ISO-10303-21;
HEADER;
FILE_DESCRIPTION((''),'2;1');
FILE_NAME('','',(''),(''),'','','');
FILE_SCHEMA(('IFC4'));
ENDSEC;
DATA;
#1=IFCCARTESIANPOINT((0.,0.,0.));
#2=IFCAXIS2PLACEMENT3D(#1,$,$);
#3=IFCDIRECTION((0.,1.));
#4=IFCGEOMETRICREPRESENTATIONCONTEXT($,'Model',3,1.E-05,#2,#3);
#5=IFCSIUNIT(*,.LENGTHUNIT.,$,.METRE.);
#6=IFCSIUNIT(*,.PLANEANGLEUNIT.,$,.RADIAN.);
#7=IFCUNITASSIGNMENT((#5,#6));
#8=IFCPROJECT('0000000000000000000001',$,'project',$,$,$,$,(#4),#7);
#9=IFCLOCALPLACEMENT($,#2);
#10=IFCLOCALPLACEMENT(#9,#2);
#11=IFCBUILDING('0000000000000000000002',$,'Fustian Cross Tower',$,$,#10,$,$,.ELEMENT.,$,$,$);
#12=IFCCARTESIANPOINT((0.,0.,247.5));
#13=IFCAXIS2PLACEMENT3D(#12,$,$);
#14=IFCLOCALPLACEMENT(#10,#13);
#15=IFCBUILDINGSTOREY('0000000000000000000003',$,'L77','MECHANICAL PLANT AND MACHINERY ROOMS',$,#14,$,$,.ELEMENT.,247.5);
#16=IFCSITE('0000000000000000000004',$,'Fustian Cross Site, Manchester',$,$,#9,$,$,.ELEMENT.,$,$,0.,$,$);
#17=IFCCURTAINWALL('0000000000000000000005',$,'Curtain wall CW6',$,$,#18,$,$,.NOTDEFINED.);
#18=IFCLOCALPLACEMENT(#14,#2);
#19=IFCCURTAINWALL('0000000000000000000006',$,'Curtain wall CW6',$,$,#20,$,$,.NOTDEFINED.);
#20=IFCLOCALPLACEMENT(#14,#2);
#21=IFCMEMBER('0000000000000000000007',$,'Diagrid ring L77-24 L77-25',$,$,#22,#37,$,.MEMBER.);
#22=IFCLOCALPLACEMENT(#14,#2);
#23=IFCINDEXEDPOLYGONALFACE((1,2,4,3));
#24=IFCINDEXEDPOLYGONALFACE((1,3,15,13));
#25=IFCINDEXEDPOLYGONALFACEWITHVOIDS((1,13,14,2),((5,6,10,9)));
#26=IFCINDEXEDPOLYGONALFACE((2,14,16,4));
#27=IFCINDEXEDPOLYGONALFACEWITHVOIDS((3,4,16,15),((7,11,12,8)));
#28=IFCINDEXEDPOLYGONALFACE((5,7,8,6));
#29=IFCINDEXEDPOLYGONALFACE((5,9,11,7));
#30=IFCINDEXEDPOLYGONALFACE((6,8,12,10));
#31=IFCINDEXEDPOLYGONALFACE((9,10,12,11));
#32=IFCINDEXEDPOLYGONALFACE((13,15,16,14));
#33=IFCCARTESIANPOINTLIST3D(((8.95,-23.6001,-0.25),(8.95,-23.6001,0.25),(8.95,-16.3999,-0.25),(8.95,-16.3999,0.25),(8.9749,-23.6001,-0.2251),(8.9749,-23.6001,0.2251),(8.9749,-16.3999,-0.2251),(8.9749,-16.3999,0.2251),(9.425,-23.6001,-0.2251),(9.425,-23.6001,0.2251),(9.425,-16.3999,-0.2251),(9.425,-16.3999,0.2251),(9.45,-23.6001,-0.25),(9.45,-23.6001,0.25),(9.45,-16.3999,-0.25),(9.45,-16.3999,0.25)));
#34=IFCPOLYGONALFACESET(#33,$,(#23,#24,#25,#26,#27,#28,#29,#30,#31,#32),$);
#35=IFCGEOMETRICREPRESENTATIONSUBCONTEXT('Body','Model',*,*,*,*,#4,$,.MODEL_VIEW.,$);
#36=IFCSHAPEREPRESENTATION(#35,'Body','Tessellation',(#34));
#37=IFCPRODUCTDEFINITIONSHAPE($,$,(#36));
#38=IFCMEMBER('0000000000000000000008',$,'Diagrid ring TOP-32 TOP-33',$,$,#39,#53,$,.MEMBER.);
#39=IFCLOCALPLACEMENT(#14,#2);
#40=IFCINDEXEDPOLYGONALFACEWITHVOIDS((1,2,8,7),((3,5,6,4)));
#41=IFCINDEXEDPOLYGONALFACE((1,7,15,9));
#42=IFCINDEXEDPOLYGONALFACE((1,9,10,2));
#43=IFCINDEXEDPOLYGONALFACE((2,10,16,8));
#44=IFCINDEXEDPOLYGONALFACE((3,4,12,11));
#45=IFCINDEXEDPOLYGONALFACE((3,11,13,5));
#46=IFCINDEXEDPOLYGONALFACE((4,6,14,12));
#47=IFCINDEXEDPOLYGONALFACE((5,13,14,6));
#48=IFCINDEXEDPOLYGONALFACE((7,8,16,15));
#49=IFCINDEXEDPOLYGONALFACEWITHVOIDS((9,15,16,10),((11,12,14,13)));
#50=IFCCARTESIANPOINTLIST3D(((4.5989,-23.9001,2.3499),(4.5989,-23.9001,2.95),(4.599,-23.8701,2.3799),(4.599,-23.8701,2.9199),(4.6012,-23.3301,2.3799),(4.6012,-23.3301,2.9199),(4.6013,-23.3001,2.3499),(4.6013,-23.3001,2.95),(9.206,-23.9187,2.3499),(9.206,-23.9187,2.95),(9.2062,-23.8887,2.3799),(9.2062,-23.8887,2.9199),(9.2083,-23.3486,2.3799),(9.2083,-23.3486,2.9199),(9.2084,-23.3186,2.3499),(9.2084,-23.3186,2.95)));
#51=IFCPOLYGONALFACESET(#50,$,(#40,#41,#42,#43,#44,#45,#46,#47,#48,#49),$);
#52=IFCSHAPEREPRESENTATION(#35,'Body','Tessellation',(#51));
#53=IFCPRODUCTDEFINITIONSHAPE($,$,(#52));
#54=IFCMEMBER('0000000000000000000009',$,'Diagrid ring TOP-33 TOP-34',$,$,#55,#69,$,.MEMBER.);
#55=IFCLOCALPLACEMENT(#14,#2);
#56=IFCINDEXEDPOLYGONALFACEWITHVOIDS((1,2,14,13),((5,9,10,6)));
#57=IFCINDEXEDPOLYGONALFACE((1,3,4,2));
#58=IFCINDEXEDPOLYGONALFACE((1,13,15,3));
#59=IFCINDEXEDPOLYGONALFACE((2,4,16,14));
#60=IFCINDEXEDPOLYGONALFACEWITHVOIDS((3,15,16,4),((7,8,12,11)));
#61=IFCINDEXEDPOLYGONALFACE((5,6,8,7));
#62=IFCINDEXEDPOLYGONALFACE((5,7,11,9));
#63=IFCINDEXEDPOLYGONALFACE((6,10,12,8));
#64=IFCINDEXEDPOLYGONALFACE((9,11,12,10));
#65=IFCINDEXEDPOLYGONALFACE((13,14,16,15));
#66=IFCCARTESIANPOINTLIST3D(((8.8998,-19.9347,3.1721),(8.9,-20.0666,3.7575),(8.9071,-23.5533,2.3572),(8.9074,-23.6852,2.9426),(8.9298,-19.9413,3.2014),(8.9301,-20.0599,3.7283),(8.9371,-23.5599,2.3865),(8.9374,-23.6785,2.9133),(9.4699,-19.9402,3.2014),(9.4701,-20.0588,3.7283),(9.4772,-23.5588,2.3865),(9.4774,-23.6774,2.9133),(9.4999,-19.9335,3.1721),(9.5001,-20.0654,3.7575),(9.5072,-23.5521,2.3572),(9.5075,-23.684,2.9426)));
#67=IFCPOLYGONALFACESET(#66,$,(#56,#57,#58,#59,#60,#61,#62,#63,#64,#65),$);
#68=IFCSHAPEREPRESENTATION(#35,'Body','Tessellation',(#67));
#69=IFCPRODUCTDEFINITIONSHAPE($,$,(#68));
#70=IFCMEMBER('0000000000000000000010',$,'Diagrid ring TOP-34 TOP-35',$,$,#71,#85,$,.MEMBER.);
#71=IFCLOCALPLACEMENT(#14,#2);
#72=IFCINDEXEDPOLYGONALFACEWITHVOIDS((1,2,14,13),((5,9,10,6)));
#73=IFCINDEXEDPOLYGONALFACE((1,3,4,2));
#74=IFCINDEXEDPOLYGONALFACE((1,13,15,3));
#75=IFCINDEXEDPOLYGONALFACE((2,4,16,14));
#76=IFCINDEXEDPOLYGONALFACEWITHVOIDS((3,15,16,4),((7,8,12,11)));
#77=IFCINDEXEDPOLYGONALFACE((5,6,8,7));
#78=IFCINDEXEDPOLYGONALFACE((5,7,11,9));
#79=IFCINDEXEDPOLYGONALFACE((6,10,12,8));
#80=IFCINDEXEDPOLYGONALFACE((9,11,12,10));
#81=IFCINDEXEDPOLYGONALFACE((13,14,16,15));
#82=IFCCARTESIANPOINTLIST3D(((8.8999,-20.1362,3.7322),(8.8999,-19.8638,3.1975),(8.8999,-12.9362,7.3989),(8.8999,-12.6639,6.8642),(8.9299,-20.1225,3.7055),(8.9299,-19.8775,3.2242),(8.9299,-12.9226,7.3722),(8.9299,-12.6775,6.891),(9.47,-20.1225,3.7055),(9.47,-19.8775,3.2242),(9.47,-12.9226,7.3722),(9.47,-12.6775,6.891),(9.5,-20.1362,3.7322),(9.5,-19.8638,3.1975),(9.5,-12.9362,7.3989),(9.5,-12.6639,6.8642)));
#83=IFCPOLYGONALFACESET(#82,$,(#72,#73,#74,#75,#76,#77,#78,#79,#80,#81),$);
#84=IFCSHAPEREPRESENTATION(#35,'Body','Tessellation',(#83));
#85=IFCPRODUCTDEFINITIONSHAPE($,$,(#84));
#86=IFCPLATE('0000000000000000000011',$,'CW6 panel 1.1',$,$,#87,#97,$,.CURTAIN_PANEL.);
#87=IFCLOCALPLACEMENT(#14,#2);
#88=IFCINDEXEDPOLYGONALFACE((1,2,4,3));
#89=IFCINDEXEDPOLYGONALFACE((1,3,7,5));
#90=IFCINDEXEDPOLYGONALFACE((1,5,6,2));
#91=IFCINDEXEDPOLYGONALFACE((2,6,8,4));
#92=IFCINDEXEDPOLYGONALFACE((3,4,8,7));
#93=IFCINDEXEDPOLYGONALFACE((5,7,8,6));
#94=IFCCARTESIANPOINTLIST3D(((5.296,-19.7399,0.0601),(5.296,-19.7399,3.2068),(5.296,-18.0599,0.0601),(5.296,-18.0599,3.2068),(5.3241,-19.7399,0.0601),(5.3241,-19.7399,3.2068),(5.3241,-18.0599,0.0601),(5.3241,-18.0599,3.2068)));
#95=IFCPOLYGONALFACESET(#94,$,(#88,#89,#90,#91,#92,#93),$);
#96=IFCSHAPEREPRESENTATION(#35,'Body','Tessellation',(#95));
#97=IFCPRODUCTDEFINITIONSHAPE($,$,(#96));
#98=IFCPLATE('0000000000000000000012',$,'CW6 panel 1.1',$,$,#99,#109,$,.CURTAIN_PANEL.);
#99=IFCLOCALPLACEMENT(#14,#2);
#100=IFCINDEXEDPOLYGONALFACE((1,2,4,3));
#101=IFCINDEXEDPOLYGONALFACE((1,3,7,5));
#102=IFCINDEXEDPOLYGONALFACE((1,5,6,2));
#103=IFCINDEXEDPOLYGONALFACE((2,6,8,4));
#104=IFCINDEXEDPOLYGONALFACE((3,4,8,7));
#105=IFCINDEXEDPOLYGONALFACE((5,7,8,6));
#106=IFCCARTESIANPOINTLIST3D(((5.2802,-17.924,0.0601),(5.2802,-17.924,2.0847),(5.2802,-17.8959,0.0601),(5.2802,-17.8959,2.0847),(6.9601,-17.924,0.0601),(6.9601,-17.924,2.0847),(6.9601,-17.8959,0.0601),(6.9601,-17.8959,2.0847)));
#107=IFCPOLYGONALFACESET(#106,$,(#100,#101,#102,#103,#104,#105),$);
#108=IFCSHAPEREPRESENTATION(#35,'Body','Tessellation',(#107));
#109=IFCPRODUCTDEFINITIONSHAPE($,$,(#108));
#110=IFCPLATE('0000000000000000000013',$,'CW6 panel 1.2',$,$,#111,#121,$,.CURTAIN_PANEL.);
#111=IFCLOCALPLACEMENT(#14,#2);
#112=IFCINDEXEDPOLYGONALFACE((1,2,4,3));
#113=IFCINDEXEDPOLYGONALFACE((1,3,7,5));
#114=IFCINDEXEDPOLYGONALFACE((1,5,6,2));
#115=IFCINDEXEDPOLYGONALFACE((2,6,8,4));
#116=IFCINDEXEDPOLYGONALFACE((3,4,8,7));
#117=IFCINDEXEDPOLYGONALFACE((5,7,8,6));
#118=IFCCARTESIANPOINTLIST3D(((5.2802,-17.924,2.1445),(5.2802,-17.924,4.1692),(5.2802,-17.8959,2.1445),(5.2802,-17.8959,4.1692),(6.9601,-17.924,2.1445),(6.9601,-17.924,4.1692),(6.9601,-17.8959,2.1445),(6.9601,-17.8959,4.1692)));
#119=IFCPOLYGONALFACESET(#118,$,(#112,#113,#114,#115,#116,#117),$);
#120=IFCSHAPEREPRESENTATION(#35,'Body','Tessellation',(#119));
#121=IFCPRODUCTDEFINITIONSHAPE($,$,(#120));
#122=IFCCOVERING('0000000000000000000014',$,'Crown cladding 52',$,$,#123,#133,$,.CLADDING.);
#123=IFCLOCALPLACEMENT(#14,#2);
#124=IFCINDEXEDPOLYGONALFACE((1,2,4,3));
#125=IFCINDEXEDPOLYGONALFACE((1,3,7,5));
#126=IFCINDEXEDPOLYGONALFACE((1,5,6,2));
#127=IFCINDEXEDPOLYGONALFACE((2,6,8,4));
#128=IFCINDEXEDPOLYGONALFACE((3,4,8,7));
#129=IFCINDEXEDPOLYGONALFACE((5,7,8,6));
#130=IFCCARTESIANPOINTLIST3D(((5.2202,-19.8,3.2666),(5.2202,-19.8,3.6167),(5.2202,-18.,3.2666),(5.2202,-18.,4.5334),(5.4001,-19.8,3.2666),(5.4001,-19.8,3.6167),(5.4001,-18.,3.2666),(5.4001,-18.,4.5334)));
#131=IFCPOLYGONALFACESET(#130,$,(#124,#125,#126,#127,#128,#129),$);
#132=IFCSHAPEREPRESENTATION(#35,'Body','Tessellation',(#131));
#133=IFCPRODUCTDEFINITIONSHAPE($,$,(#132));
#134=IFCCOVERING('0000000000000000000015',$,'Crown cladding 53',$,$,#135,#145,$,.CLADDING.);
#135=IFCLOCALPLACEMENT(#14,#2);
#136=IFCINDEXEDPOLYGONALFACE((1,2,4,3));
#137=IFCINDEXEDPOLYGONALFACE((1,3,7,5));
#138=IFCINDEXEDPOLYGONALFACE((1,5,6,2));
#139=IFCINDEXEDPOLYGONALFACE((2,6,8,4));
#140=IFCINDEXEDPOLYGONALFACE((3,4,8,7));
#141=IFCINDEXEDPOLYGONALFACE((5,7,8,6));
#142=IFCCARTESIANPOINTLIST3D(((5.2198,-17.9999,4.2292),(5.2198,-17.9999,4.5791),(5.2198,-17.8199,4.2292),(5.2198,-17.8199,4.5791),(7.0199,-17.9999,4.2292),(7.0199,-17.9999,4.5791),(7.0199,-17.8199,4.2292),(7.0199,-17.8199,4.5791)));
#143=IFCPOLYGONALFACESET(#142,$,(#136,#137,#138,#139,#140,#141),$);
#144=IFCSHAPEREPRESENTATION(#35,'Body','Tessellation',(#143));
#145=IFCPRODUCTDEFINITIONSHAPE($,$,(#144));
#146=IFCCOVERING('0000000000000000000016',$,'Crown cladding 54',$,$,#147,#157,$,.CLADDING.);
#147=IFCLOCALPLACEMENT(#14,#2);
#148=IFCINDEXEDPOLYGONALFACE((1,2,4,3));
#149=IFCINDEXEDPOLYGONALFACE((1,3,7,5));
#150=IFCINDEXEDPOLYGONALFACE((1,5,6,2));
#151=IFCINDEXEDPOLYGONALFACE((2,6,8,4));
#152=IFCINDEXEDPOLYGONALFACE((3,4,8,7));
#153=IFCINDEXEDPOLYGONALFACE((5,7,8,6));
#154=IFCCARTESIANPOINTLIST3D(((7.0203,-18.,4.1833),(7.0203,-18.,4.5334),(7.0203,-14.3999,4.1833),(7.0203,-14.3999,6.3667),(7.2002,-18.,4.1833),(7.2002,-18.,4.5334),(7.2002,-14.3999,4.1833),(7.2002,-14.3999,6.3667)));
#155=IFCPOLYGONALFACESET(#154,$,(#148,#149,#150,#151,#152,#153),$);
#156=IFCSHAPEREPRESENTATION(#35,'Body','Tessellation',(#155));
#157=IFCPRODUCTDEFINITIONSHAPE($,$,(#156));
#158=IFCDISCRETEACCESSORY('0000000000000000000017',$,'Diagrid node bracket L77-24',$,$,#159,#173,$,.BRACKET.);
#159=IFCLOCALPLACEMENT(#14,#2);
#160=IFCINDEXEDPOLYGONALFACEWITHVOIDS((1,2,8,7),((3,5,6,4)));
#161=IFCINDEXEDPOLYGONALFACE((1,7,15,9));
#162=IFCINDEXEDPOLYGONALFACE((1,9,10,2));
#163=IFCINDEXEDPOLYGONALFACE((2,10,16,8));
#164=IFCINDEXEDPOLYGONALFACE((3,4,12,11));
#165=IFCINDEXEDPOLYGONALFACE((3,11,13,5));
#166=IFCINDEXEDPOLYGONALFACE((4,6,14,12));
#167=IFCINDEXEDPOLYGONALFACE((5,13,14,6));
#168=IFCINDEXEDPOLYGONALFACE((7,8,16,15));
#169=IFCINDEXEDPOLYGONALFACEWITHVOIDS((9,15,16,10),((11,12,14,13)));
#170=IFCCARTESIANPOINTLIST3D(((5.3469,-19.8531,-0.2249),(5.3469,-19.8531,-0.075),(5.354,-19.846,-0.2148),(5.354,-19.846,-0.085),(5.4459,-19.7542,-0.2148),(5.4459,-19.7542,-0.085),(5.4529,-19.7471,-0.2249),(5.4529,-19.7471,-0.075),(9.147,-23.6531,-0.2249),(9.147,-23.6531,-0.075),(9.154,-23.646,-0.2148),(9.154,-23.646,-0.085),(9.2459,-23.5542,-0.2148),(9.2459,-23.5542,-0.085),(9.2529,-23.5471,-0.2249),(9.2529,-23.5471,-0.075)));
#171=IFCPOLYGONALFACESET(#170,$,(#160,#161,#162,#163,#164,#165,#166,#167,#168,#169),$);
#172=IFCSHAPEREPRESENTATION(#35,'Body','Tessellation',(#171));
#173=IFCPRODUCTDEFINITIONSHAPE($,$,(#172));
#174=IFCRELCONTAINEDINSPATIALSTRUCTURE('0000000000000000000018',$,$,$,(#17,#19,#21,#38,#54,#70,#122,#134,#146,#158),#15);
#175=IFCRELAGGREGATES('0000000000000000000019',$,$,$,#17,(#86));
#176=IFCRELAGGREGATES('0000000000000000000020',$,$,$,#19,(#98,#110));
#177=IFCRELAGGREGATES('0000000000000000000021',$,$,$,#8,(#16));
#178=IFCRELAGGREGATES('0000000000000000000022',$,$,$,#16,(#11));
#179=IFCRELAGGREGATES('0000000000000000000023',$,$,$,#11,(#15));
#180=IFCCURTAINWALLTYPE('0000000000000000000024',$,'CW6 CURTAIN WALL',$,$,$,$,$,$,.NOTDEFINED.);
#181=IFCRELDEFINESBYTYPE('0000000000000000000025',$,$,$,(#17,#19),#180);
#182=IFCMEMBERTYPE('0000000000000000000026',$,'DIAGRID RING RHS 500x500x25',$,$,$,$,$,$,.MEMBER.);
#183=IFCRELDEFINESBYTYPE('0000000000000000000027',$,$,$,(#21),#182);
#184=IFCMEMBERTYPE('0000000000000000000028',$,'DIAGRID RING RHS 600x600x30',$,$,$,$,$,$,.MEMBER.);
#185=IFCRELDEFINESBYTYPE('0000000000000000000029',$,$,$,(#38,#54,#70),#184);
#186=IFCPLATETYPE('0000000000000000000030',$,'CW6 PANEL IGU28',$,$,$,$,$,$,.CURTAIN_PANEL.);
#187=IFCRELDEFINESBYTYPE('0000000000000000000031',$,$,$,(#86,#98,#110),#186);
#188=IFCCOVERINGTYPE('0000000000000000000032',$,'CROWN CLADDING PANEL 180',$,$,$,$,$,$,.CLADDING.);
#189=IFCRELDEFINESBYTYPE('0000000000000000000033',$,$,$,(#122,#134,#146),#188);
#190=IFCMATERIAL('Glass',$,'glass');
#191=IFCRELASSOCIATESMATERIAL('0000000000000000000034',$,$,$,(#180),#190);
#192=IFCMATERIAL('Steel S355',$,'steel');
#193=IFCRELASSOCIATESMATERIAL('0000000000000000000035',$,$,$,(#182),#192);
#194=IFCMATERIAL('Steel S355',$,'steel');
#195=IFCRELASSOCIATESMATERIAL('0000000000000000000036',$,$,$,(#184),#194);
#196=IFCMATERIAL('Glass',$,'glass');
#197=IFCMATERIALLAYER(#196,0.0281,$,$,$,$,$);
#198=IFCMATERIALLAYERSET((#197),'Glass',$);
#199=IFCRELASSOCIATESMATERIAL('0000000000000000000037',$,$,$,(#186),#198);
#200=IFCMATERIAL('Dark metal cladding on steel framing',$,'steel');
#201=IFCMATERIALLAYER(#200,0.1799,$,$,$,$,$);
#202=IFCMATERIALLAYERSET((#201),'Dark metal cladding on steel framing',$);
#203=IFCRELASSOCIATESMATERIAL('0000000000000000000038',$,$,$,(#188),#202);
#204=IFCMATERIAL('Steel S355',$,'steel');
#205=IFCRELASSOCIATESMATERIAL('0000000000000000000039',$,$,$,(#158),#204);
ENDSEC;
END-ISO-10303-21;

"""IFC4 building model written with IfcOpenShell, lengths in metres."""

from ifc_helpers import new_model, si_unit, direction, frame, frame_2d, origin, origin_2d, place, context, subcontext, project, spatial, polyline, rectangle, hollow_rectangle, outline, extrude, material, layer, layer_set, material_profile, profile_set, type_object, element, aggregate, save


model = new_model("IFC4")

# Units and contexts
model_context = context("Model", 3, precision=1e-05, world=origin(), true_north=direction((0.0, 1.0)))
body_context = subcontext(model_context, "Body", "Model", "MODEL_VIEW")
ifc_project = project(units=[si_unit("LENGTHUNIT", "METRE"), si_unit("PLANEANGLEUNIT", "RADIAN")], contexts=[model_context])

# Site, building, storey
site_placement = place(None, origin())
site = spatial("IfcSite", under=ifc_project, at=site_placement, Name="Fustian Cross Site, Manchester", CompositionType="ELEMENT", RefElevation=0.0)
building_placement = place(site_placement, origin())
building = spatial("IfcBuilding", under=site, at=building_placement, Name="Fustian Cross Tower", CompositionType="ELEMENT")
storey_placement = place(building_placement, frame((0.0, 0.0, 247.5)))
storey = spatial("IfcBuildingStorey", under=building, at=storey_placement, Name="L77", Description="MECHANICAL PLANT AND MACHINERY ROOMS", CompositionType="ELEMENT", Elevation=247.5)

# Shared definitions
ifc_material_1 = material(Name="Glass", Category="glass")
curtain_wall_type = type_object("IfcCurtainWallType", Name="CW6 CURTAIN WALL", PredefinedType="NOTDEFINED", material=ifc_material_1)

# Curtain wall
curtain_wall_1_placement = place(storey_placement, origin())
curtain_wall_1 = element("IfcCurtainWall", 1, at=curtain_wall_1_placement, inside=storey, type_object=curtain_wall_type, Name="Curtain wall CW6", PredefinedType="NOTDEFINED")

# Curtain wall
curtain_wall_2_placement = place(storey_placement, origin())
curtain_wall_2 = element("IfcCurtainWall", 2, at=curtain_wall_2_placement, inside=storey, type_object=curtain_wall_type, Name="Curtain wall CW6", PredefinedType="NOTDEFINED")

# Members
ifc_material_2 = material(Name="Steel S355", Category="steel")
ifc_material_profile_1 = material_profile(ifc_material_2, hollow_rectangle(XDim=0.5, YDim=0.5, WallThickness=0.0249, at=origin_2d()), Name="RHS 500x500x25")
ifc_profile_set_1 = profile_set([ifc_material_profile_1], Name="Steel S355")
member_type_1 = type_object("IfcMemberType", Name="DIAGRID RING RHS 500x500x25", PredefinedType="MEMBER", material=ifc_profile_set_1)
member_1_placement = place(storey_placement, frame((9.2, -23.6001, 0.0), z_axis=(0.0, 1.0, 0.0), x_axis=(-1.0, 0.0, 0.0)))
element("IfcMember", 3, at=member_1_placement, inside=storey, type_object=member_type_1, Name="Diagrid ring L77-24 L77-25", PredefinedType="MEMBER", context=body_context, shape_type="SweptSolid", body=[
    extrude(hollow_rectangle(XDim=0.5, YDim=0.5, WallThickness=0.0249, at=origin_2d()), origin(), (0.0, 0.0, 1.0), 7.2002),
])
ifc_material_3 = material(Name="Steel S355", Category="steel")
ifc_material_profile_2 = material_profile(ifc_material_3, hollow_rectangle(XDim=0.6001, YDim=0.6001, WallThickness=0.03, at=origin_2d()), Name="RHS 600x600x30")
ifc_profile_set_2 = profile_set([ifc_material_profile_2], Name="Steel S355")
member_type_2 = type_object("IfcMemberType", Name="DIAGRID RING RHS 600x600x30", PredefinedType="MEMBER", material=ifc_profile_set_2)
member_2_placement = place(storey_placement, frame((4.6001, -23.6001, 2.6499), z_axis=(0.999992, -0.004027, 0.0), x_axis=(0.004027, 0.999992, 0.0)))
element("IfcMember", 4, at=member_2_placement, inside=storey, type_object=member_type_2, Name="Diagrid ring TOP-32 TOP-33", PredefinedType="MEMBER", context=body_context, shape_type="SweptSolid", body=[
    extrude(hollow_rectangle(XDim=0.6001, YDim=0.6001, WallThickness=0.03, at=origin_2d()), origin(), (0.0, 0.0, 1.0), 4.6072),
])
member_3_placement = place(storey_placement, frame((9.2073, -23.6187, 2.6499), z_axis=(-0.001975, 0.975565, 0.219703), x_axis=(-0.999998, -0.002024, 0.0)))
element("IfcMember", 5, at=member_3_placement, inside=storey, type_object=member_type_2, Name="Diagrid ring TOP-33 TOP-34", PredefinedType="MEMBER", context=body_context, shape_type="SweptSolid", body=[
    extrude(hollow_rectangle(XDim=0.6001, YDim=0.6001, WallThickness=0.03, at=origin_2d()), origin(), (0.0, 0.0, 1.0), 3.7092),
])
member_4_placement = place(storey_placement, frame((9.2, -20.0, 3.4648), z_axis=(0.0, 0.891097, 0.453813), x_axis=(-1.0, 0.0, 0.0)))
element("IfcMember", 6, at=member_4_placement, inside=storey, type_object=member_type_2, Name="Diagrid ring TOP-34 TOP-35", PredefinedType="MEMBER", context=body_context, shape_type="SweptSolid", body=[
    extrude(hollow_rectangle(XDim=0.6001, YDim=0.6001, WallThickness=0.03, at=origin_2d()), origin(), (0.0, 0.0, 1.0), 8.0798),
])

# Plates
ifc_material_4 = material(Name="Glass", Category="glass")
ifc_layer_1 = layer(ifc_material_4, 0.0281)
ifc_layer_set_1 = layer_set([ifc_layer_1], Name="Glass")
plate_type = type_object("IfcPlateType", Name="CW6 PANEL IGU28", PredefinedType="CURTAIN_PANEL", material=ifc_layer_set_1)
plate_1_placement = place(storey_placement, frame((5.3101, -18.8999, 0.0601), z_axis=(0.0, 0.0, 1.0), x_axis=(0.0, 1.0, 0.0)))
plate_1 = element("IfcPlate", 7, at=plate_1_placement, type_object=plate_type, Name="CW6 panel 1.1", PredefinedType="CURTAIN_PANEL", context=body_context, shape_type="SweptSolid", body=[
    extrude(rectangle(XDim=1.6799, YDim=0.0281, at=origin_2d()), origin(), (0.0, 0.0, 1.0), 3.1467),
])
aggregate(curtain_wall_1, [plate_1])
plate_2_placement = place(storey_placement, frame((6.1201, -17.9099, 0.0601), z_axis=(0.0, 0.0, 1.0), x_axis=(1.0, 0.0, 0.0)))
plate_2 = element("IfcPlate", 8, at=plate_2_placement, type_object=plate_type, Name="CW6 panel 1.1", PredefinedType="CURTAIN_PANEL", context=body_context, shape_type="SweptSolid", body=[
    extrude(rectangle(XDim=1.6799, YDim=0.0281, at=origin_2d()), origin(), (0.0, 0.0, 1.0), 2.0247),
])
plate_3_placement = place(storey_placement, frame((6.1201, -17.9099, 2.1445), z_axis=(0.0, 0.0, 1.0), x_axis=(1.0, 0.0, 0.0)))
plate_3 = element("IfcPlate", 9, at=plate_3_placement, type_object=plate_type, Name="CW6 panel 1.2", PredefinedType="CURTAIN_PANEL", context=body_context, shape_type="SweptSolid", body=[
    extrude(rectangle(XDim=1.6799, YDim=0.0281, at=origin_2d()), origin(), (0.0, 0.0, 1.0), 2.0247),
])
aggregate(curtain_wall_2, [plate_2, plate_3])

# Coverings
ifc_material_5 = material(Name="Dark metal cladding on steel framing", Category="steel")
ifc_layer_2 = layer(ifc_material_5, 0.1799)
ifc_layer_set_2 = layer_set([ifc_layer_2], Name="Dark metal cladding on steel framing")
covering_type = type_object("IfcCoveringType", Name="CROWN CLADDING PANEL 180", PredefinedType="CLADDING", material=ifc_layer_set_2)
covering_1_placement = place(storey_placement, frame((5.3101, -19.8, 3.2666), z_axis=(0.0, 0.0, 1.0), x_axis=(0.0, 1.0, 0.0)))
element("IfcCovering", 10, at=covering_1_placement, inside=storey, type_object=covering_type, Name="Crown cladding 52", PredefinedType="CLADDING", context=body_context, shape_type="SweptSolid", body=[
    extrude(outline(polyline([(0.0, 0.0), (1.8, 0.0), (1.8, 1.2668), (0.0, 0.3501), (0.0, 0.0)])), frame((0.0, 0.0898, 0.0), z_axis=(0.0, -1.0, 0.0), x_axis=(1.0, 0.0, 0.0)), (0.0, 0.0, 1.0), 0.1799),
])
covering_2_placement = place(storey_placement, frame((5.22, -17.9099, 4.2292), z_axis=(0.0, 0.0, 1.0), x_axis=(1.0, 0.0, 0.0)))
element("IfcCovering", 11, at=covering_2_placement, inside=storey, type_object=covering_type, Name="Crown cladding 53", PredefinedType="CLADDING", context=body_context, shape_type="SweptSolid", body=[
    extrude(rectangle(XDim=1.8, YDim=0.1799, at=frame_2d((0.8999, 0.0))), origin(), (0.0, 0.0, 1.0), 0.3499),
])
covering_3_placement = place(storey_placement, frame((7.1101, -18.0, 4.1833), z_axis=(0.0, 0.0, 1.0), x_axis=(0.0, 1.0, 0.0)))
element("IfcCovering", 12, at=covering_3_placement, inside=storey, type_object=covering_type, Name="Crown cladding 54", PredefinedType="CLADDING", context=body_context, shape_type="SweptSolid", body=[
    extrude(outline(polyline([(0.0, 0.0), (3.6001, 0.0), (3.6001, 2.1833), (0.0, 0.3501), (0.0, 0.0)])), frame((0.0, 0.0898, 0.0), z_axis=(0.0, -1.0, 0.0), x_axis=(1.0, 0.0, 0.0)), (0.0, 0.0, 1.0), 0.1799),
])

# Discrete accessory
ifc_material_6 = material(Name="Steel S355", Category="steel")
discrete_accessory_placement = place(storey_placement, frame((9.2, -23.6001, -0.1499), z_axis=(-0.707107, 0.707107, 0.0), x_axis=(-0.707107, -0.707107, 0.0)))
element("IfcDiscreteAccessory", 13, at=discrete_accessory_placement, inside=storey, material=ifc_material_6, Name="Diagrid node bracket L77-24", PredefinedType="BRACKET", context=body_context, shape_type="SweptSolid", body=[
    extrude(hollow_rectangle(XDim=0.1499, YDim=0.1499, WallThickness=0.01, at=origin_2d()), origin(), (0.0, 0.0, 1.0), 5.374),
])

save(model, "model.ifc")
